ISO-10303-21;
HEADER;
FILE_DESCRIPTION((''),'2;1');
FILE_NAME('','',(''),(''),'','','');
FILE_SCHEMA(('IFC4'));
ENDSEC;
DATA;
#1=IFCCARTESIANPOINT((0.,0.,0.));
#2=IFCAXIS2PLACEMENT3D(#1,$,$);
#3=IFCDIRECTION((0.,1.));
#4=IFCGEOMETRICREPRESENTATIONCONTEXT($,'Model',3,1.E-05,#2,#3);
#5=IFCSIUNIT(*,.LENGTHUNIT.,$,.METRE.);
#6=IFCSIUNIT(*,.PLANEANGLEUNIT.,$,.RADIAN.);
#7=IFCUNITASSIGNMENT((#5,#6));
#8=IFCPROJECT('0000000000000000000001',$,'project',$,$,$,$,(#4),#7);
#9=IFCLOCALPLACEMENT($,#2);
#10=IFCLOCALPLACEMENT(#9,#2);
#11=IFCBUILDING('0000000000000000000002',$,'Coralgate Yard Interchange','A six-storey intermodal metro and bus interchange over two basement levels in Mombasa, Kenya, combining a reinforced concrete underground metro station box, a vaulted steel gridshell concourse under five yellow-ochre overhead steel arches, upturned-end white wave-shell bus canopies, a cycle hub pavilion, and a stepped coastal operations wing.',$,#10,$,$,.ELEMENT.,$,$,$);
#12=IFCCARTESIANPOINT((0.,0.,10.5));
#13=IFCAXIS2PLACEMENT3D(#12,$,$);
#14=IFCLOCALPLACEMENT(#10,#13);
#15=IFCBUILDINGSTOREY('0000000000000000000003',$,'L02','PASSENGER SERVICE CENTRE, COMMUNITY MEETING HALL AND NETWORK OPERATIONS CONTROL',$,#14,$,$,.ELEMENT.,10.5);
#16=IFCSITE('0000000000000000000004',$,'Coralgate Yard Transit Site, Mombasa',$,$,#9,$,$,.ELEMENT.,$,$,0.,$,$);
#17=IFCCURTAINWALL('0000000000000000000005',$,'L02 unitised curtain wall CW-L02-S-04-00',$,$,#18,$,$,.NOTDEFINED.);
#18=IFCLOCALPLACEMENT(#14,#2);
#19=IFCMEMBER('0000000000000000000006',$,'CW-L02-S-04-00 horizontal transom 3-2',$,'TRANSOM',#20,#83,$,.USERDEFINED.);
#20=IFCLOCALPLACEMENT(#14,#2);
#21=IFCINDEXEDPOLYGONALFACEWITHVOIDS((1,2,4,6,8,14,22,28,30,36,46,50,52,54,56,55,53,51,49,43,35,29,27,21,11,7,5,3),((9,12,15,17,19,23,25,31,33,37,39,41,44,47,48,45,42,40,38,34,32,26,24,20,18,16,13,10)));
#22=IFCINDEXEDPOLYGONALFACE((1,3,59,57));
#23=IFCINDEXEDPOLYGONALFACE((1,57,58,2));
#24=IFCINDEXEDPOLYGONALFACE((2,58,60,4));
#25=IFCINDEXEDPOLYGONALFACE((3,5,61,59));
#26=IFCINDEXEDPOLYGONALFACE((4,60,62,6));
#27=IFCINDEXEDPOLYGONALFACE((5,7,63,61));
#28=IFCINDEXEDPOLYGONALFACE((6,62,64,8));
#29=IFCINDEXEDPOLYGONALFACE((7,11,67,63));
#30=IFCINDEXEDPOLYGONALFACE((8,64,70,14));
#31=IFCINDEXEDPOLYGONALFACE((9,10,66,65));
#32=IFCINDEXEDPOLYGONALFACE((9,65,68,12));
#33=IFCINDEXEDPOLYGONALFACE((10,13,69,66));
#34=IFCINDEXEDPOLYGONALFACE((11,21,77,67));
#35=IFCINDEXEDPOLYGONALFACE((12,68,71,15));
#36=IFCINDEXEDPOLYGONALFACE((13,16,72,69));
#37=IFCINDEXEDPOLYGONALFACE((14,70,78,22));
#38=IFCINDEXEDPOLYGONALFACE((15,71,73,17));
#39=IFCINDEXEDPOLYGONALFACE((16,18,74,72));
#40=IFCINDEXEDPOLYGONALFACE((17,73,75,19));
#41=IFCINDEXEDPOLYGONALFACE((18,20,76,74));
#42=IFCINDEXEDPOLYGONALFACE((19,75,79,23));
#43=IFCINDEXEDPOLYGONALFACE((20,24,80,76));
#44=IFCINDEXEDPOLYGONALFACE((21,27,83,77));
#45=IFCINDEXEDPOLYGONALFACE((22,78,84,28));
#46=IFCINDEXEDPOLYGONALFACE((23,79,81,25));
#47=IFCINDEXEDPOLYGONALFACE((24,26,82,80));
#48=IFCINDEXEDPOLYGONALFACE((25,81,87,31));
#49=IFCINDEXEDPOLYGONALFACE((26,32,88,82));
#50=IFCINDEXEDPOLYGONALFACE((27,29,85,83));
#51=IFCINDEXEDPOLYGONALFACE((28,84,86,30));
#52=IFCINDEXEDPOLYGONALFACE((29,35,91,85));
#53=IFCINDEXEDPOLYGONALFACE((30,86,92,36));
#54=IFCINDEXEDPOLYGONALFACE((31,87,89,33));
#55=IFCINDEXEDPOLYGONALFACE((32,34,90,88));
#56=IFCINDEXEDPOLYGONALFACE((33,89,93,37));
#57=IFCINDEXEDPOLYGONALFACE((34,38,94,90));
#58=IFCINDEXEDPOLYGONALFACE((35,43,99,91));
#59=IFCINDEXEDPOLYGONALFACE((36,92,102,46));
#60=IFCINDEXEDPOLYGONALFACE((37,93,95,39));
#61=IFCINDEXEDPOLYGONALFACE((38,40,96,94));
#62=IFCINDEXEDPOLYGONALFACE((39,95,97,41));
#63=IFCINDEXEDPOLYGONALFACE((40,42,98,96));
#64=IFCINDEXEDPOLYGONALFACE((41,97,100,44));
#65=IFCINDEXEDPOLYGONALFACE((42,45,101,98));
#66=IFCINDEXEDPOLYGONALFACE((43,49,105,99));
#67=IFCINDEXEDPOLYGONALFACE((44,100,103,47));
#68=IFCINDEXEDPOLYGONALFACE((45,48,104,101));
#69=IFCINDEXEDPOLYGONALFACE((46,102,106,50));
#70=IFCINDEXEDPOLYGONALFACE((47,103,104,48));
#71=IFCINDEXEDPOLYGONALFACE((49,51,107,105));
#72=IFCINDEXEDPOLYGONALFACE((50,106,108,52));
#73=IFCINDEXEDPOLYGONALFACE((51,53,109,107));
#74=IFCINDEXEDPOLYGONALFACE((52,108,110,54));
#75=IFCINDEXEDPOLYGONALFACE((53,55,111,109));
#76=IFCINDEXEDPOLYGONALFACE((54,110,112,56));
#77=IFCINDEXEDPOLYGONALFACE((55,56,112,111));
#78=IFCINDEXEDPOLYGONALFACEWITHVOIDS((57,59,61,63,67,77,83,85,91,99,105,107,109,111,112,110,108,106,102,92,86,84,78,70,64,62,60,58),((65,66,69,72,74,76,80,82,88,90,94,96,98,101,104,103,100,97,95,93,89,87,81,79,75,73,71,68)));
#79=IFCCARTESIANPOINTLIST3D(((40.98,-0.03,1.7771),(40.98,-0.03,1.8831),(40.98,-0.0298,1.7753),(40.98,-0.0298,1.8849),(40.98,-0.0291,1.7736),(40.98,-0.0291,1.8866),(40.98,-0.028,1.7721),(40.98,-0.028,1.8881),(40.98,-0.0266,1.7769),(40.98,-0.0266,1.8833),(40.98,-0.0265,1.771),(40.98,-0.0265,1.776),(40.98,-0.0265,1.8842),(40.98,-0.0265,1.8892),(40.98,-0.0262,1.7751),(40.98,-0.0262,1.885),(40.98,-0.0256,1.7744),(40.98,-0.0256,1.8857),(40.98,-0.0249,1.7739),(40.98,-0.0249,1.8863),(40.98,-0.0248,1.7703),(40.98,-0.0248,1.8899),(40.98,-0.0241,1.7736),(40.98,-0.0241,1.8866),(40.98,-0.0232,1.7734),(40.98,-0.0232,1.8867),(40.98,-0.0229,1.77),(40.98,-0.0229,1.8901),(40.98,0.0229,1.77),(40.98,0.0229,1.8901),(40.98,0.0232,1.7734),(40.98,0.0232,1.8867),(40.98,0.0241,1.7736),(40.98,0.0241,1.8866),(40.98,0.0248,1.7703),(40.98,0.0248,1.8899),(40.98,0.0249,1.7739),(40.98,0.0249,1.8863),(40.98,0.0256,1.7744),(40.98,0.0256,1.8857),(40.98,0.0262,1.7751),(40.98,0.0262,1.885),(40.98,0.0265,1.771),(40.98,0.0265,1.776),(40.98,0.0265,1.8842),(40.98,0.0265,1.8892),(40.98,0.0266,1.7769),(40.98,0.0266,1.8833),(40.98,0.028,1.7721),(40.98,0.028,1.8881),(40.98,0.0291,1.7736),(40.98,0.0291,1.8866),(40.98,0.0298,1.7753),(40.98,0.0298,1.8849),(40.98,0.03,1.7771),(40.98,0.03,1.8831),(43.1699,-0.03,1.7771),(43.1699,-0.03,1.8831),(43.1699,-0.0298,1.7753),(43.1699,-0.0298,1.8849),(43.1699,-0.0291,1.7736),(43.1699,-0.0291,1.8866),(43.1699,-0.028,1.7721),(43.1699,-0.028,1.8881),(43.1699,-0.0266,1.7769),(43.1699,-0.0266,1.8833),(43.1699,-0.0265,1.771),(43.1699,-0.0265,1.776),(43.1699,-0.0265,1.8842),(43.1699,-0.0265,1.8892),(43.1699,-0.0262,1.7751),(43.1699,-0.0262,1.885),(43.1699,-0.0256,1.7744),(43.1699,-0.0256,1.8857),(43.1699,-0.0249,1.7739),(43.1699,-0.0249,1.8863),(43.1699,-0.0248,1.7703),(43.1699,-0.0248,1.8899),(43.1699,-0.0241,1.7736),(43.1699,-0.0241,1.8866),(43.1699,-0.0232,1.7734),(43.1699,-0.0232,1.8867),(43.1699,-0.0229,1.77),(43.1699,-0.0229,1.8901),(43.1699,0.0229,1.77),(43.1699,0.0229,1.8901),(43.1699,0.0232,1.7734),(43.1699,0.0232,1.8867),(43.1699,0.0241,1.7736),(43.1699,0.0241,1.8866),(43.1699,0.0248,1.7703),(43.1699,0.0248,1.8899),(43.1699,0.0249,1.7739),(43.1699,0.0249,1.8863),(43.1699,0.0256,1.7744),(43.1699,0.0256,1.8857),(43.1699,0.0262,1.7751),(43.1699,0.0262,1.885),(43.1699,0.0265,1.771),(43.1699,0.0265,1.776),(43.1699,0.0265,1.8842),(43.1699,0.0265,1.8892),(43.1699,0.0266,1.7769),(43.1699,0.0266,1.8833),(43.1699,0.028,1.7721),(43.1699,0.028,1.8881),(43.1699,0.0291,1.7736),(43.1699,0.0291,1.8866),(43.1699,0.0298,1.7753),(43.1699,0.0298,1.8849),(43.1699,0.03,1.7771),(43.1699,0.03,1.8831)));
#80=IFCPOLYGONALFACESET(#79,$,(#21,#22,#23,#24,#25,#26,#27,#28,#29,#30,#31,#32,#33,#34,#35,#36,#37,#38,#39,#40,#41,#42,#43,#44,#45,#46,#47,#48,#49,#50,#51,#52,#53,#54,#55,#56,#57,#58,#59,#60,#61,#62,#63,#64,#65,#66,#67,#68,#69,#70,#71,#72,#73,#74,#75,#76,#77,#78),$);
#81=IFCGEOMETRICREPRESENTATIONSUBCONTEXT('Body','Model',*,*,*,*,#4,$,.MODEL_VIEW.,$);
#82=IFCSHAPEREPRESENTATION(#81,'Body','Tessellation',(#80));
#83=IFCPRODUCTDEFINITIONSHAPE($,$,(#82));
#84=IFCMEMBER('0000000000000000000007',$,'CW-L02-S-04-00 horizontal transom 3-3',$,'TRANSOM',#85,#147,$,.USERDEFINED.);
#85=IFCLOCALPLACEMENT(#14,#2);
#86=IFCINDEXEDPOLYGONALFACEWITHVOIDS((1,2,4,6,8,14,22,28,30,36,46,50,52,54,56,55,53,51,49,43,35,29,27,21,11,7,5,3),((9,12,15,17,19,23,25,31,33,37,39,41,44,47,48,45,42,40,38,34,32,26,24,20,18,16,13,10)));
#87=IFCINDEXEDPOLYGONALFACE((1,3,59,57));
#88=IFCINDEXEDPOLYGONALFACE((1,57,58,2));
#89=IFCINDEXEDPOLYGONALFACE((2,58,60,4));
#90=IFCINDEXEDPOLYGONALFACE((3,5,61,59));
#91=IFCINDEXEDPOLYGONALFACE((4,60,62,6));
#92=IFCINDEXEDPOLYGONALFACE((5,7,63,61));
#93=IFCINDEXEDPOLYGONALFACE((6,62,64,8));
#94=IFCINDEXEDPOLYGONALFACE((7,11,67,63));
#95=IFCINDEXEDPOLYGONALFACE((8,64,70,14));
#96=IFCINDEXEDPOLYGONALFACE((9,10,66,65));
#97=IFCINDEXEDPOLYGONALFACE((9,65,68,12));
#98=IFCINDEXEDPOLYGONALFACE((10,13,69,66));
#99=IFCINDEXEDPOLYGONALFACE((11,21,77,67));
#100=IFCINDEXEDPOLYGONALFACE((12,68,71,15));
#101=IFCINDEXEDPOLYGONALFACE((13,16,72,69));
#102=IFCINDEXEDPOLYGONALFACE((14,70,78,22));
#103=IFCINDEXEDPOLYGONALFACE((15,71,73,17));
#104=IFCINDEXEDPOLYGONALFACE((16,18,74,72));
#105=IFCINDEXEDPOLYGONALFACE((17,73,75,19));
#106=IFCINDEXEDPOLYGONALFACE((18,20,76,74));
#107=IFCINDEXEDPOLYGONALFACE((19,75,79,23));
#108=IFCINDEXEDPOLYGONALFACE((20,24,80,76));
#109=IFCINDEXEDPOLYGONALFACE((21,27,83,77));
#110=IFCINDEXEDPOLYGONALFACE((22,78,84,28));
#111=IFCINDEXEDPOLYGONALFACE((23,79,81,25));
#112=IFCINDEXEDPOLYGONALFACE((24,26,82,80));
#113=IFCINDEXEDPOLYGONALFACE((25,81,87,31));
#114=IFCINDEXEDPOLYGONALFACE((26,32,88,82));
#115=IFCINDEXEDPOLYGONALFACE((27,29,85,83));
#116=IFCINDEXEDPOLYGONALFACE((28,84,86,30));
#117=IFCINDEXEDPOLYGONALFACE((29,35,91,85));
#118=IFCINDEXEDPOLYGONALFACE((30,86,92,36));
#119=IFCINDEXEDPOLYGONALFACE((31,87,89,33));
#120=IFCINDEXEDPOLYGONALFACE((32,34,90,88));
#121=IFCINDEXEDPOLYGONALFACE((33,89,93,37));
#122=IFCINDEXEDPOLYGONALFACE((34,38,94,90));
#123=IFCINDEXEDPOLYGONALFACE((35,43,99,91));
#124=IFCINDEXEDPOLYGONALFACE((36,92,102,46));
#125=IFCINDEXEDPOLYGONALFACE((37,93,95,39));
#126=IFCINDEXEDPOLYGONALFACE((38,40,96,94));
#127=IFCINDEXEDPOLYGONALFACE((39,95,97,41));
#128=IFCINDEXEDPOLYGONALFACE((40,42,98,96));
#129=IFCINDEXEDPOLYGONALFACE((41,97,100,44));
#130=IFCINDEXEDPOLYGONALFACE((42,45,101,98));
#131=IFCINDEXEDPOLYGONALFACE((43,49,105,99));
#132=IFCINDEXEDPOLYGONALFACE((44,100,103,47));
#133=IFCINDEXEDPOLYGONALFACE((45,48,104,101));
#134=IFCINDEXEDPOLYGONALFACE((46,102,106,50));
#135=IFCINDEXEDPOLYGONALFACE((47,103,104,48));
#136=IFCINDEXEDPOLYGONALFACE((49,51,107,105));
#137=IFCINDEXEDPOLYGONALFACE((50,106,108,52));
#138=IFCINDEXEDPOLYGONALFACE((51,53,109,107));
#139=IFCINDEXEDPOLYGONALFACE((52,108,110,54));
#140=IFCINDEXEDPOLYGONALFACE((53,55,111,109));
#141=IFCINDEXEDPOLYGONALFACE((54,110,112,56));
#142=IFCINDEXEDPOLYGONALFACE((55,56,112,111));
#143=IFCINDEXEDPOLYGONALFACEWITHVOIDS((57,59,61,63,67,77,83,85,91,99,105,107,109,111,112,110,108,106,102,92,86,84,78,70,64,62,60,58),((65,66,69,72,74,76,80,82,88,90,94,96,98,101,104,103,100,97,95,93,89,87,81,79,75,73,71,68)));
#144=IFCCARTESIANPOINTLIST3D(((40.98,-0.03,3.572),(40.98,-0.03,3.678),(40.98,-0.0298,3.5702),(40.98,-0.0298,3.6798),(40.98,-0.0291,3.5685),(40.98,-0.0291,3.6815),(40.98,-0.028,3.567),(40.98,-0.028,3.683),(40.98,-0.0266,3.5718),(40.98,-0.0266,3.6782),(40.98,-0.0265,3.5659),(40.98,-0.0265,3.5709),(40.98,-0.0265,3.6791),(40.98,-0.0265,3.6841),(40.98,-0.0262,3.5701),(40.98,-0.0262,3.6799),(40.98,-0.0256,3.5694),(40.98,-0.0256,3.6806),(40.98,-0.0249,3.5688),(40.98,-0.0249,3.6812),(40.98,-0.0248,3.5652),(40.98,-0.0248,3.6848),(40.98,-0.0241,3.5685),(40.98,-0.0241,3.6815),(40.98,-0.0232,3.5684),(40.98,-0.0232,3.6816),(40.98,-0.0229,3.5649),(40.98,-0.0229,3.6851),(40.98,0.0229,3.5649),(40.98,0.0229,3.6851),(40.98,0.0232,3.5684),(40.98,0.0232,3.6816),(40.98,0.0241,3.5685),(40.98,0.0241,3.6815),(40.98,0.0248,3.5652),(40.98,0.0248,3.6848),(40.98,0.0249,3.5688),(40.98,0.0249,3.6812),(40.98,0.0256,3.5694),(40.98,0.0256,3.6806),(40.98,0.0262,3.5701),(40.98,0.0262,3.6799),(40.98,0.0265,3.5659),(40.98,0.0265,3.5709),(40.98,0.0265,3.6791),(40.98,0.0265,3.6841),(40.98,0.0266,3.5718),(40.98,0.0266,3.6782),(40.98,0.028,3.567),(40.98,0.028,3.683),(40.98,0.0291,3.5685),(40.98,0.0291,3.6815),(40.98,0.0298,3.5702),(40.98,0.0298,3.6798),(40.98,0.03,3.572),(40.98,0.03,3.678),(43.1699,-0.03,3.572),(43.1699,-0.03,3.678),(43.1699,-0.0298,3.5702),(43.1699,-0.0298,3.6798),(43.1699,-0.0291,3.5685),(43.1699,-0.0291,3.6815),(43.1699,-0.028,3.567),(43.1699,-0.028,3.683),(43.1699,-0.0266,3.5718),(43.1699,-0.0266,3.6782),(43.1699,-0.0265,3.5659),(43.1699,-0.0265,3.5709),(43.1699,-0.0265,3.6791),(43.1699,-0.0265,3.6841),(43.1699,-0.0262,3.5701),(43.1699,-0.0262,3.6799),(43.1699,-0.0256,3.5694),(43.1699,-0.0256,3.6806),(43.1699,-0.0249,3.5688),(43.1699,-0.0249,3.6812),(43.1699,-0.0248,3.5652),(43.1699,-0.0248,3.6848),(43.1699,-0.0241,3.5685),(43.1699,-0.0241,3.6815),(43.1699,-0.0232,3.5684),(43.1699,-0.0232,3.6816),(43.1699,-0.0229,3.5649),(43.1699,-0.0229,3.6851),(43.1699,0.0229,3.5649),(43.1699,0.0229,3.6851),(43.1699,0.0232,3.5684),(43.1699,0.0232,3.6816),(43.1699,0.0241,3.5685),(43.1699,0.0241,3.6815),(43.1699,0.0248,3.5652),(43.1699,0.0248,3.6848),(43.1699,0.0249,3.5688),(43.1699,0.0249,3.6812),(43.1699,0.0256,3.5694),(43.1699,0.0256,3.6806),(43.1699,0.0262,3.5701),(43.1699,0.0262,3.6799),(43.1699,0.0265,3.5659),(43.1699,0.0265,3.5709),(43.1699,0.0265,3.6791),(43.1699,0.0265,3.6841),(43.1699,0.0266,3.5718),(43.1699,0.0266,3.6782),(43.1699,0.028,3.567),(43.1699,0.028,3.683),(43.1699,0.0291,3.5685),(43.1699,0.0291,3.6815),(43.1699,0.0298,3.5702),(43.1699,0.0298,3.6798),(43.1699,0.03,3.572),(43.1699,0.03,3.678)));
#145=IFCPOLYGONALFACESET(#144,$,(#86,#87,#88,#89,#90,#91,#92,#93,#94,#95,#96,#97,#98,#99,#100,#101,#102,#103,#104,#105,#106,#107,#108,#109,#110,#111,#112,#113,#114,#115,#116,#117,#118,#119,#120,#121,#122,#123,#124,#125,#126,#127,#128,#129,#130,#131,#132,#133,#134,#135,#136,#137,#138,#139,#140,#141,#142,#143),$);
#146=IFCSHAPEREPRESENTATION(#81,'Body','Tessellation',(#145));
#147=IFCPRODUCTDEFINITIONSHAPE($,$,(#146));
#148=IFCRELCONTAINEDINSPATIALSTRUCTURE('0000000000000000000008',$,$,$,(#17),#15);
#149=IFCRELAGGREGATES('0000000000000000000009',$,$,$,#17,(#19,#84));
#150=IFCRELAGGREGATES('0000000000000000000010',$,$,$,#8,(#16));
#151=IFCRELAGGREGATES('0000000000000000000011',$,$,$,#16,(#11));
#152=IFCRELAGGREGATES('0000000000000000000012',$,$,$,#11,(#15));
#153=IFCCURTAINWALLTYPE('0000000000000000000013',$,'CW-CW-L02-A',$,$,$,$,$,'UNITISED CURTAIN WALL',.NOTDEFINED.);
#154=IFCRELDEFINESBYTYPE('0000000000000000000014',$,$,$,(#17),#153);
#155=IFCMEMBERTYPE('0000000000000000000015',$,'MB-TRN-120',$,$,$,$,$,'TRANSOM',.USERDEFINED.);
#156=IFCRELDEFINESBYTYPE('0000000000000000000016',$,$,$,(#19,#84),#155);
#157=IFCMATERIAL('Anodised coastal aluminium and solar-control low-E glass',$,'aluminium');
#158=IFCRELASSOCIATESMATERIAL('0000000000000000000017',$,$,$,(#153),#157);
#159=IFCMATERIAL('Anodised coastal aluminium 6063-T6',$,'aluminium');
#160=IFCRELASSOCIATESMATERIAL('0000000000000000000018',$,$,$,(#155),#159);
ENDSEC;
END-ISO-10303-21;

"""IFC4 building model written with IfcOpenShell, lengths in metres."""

from ifc_helpers import new_model, si_unit, direction, frame, origin, origin_2d, place, context, subcontext, project, spatial, hollow_rectangle, extrude, material, material_profile, profile_set, type_object, element, aggregate, save


model = new_model("IFC4")

# Units and contexts
model_context = context("Model", 3, precision=1e-05, world=origin(), true_north=direction((0.0, 1.0)))
body_context = subcontext(model_context, "Body", "Model", "MODEL_VIEW")
ifc_project = project(units=[si_unit("LENGTHUNIT", "METRE"), si_unit("PLANEANGLEUNIT", "RADIAN")], contexts=[model_context])

# Site, building, storey
site_placement = place(None, origin())
site = spatial("IfcSite", under=ifc_project, at=site_placement, Name="Coralgate Yard Transit Site, Mombasa", CompositionType="ELEMENT", RefElevation=0.0)
building_placement = place(site_placement, origin())
building = spatial("IfcBuilding", under=site, at=building_placement, Name="Coralgate Yard Interchange", Description="A six-storey intermodal metro and bus interchange over two basement levels in Mombasa, Kenya, combining a reinforced concrete underground metro station box, a vaulted steel gridshell concourse under five yellow-ochre overhead steel arches, upturned-end white wave-shell bus canopies, a cycle hub pavilion, and a stepped coastal operations wing.", CompositionType="ELEMENT")
storey_placement = place(building_placement, frame((0.0, 0.0, 10.5)))
storey = spatial("IfcBuildingStorey", under=building, at=storey_placement, Name="L02", Description="PASSENGER SERVICE CENTRE, COMMUNITY MEETING HALL AND NETWORK OPERATIONS CONTROL", CompositionType="ELEMENT", Elevation=10.5)

# Shared definitions
ifc_material_1 = material(Name="Anodised coastal aluminium and solar-control low-E glass", Category="aluminium")
curtain_wall_type = type_object("IfcCurtainWallType", Name="CW-CW-L02-A", ElementType="UNITISED CURTAIN WALL", PredefinedType="NOTDEFINED", material=ifc_material_1)
ifc_material_2 = material(Name="Anodised coastal aluminium 6063-T6", Category="aluminium")

# Curtain wall
curtain_wall_1_placement = place(storey_placement, origin())
curtain_wall_1 = element("IfcCurtainWall", 1, at=curtain_wall_1_placement, inside=storey, type_object=curtain_wall_type, Name="L02 unitised curtain wall CW-L02-S-04-00", PredefinedType="NOTDEFINED")

# Members
ifc_material_profile_1 = material_profile(ifc_material_2, hollow_rectangle(XDim=0.0601, YDim=0.1201, WallThickness=0.0034, InnerFilletRadius=0.0034, OuterFilletRadius=0.0071, at=origin_2d()), Name="ALU 60x120x3.5")
ifc_profile_set_1 = profile_set([ifc_material_profile_1], Name="Anodised coastal aluminium 6063-T6")
member_type_1 = type_object("IfcMemberType", Name="MB-TRN-120", ElementType="TRANSOM", PredefinedType="USERDEFINED", material=ifc_profile_set_1)
member_1_placement = place(storey_placement, frame((43.1699, 0.0, 1.8301), z_axis=(-1.0, 0.0, 0.0), x_axis=(0.0, -1.0, 0.0)))
member_1 = element("IfcMember", 2, at=member_1_placement, type_object=member_type_1, Name="CW-L02-S-04-00 horizontal transom 3-2", ObjectType="TRANSOM", PredefinedType="USERDEFINED", context=body_context, shape_type="SweptSolid", body=[
    extrude(hollow_rectangle(XDim=0.0601, YDim=0.1201, WallThickness=0.0034, InnerFilletRadius=0.0034, OuterFilletRadius=0.0071, at=origin_2d()), origin(), (0.0, 0.0, 1.0), 2.1899),
])
member_2_placement = place(storey_placement, frame((43.1699, 0.0, 3.625), z_axis=(-1.0, 0.0, 0.0), x_axis=(0.0, -1.0, 0.0)))
member_2 = element("IfcMember", 3, at=member_2_placement, type_object=member_type_1, Name="CW-L02-S-04-00 horizontal transom 3-3", ObjectType="TRANSOM", PredefinedType="USERDEFINED", context=body_context, shape_type="SweptSolid", body=[
    extrude(hollow_rectangle(XDim=0.0601, YDim=0.1201, WallThickness=0.0034, InnerFilletRadius=0.0034, OuterFilletRadius=0.0071, at=origin_2d()), origin(), (0.0, 0.0, 1.0), 2.1899),
])

aggregate(curtain_wall_1, [member_1, member_2])

save(model, "model.ifc")
